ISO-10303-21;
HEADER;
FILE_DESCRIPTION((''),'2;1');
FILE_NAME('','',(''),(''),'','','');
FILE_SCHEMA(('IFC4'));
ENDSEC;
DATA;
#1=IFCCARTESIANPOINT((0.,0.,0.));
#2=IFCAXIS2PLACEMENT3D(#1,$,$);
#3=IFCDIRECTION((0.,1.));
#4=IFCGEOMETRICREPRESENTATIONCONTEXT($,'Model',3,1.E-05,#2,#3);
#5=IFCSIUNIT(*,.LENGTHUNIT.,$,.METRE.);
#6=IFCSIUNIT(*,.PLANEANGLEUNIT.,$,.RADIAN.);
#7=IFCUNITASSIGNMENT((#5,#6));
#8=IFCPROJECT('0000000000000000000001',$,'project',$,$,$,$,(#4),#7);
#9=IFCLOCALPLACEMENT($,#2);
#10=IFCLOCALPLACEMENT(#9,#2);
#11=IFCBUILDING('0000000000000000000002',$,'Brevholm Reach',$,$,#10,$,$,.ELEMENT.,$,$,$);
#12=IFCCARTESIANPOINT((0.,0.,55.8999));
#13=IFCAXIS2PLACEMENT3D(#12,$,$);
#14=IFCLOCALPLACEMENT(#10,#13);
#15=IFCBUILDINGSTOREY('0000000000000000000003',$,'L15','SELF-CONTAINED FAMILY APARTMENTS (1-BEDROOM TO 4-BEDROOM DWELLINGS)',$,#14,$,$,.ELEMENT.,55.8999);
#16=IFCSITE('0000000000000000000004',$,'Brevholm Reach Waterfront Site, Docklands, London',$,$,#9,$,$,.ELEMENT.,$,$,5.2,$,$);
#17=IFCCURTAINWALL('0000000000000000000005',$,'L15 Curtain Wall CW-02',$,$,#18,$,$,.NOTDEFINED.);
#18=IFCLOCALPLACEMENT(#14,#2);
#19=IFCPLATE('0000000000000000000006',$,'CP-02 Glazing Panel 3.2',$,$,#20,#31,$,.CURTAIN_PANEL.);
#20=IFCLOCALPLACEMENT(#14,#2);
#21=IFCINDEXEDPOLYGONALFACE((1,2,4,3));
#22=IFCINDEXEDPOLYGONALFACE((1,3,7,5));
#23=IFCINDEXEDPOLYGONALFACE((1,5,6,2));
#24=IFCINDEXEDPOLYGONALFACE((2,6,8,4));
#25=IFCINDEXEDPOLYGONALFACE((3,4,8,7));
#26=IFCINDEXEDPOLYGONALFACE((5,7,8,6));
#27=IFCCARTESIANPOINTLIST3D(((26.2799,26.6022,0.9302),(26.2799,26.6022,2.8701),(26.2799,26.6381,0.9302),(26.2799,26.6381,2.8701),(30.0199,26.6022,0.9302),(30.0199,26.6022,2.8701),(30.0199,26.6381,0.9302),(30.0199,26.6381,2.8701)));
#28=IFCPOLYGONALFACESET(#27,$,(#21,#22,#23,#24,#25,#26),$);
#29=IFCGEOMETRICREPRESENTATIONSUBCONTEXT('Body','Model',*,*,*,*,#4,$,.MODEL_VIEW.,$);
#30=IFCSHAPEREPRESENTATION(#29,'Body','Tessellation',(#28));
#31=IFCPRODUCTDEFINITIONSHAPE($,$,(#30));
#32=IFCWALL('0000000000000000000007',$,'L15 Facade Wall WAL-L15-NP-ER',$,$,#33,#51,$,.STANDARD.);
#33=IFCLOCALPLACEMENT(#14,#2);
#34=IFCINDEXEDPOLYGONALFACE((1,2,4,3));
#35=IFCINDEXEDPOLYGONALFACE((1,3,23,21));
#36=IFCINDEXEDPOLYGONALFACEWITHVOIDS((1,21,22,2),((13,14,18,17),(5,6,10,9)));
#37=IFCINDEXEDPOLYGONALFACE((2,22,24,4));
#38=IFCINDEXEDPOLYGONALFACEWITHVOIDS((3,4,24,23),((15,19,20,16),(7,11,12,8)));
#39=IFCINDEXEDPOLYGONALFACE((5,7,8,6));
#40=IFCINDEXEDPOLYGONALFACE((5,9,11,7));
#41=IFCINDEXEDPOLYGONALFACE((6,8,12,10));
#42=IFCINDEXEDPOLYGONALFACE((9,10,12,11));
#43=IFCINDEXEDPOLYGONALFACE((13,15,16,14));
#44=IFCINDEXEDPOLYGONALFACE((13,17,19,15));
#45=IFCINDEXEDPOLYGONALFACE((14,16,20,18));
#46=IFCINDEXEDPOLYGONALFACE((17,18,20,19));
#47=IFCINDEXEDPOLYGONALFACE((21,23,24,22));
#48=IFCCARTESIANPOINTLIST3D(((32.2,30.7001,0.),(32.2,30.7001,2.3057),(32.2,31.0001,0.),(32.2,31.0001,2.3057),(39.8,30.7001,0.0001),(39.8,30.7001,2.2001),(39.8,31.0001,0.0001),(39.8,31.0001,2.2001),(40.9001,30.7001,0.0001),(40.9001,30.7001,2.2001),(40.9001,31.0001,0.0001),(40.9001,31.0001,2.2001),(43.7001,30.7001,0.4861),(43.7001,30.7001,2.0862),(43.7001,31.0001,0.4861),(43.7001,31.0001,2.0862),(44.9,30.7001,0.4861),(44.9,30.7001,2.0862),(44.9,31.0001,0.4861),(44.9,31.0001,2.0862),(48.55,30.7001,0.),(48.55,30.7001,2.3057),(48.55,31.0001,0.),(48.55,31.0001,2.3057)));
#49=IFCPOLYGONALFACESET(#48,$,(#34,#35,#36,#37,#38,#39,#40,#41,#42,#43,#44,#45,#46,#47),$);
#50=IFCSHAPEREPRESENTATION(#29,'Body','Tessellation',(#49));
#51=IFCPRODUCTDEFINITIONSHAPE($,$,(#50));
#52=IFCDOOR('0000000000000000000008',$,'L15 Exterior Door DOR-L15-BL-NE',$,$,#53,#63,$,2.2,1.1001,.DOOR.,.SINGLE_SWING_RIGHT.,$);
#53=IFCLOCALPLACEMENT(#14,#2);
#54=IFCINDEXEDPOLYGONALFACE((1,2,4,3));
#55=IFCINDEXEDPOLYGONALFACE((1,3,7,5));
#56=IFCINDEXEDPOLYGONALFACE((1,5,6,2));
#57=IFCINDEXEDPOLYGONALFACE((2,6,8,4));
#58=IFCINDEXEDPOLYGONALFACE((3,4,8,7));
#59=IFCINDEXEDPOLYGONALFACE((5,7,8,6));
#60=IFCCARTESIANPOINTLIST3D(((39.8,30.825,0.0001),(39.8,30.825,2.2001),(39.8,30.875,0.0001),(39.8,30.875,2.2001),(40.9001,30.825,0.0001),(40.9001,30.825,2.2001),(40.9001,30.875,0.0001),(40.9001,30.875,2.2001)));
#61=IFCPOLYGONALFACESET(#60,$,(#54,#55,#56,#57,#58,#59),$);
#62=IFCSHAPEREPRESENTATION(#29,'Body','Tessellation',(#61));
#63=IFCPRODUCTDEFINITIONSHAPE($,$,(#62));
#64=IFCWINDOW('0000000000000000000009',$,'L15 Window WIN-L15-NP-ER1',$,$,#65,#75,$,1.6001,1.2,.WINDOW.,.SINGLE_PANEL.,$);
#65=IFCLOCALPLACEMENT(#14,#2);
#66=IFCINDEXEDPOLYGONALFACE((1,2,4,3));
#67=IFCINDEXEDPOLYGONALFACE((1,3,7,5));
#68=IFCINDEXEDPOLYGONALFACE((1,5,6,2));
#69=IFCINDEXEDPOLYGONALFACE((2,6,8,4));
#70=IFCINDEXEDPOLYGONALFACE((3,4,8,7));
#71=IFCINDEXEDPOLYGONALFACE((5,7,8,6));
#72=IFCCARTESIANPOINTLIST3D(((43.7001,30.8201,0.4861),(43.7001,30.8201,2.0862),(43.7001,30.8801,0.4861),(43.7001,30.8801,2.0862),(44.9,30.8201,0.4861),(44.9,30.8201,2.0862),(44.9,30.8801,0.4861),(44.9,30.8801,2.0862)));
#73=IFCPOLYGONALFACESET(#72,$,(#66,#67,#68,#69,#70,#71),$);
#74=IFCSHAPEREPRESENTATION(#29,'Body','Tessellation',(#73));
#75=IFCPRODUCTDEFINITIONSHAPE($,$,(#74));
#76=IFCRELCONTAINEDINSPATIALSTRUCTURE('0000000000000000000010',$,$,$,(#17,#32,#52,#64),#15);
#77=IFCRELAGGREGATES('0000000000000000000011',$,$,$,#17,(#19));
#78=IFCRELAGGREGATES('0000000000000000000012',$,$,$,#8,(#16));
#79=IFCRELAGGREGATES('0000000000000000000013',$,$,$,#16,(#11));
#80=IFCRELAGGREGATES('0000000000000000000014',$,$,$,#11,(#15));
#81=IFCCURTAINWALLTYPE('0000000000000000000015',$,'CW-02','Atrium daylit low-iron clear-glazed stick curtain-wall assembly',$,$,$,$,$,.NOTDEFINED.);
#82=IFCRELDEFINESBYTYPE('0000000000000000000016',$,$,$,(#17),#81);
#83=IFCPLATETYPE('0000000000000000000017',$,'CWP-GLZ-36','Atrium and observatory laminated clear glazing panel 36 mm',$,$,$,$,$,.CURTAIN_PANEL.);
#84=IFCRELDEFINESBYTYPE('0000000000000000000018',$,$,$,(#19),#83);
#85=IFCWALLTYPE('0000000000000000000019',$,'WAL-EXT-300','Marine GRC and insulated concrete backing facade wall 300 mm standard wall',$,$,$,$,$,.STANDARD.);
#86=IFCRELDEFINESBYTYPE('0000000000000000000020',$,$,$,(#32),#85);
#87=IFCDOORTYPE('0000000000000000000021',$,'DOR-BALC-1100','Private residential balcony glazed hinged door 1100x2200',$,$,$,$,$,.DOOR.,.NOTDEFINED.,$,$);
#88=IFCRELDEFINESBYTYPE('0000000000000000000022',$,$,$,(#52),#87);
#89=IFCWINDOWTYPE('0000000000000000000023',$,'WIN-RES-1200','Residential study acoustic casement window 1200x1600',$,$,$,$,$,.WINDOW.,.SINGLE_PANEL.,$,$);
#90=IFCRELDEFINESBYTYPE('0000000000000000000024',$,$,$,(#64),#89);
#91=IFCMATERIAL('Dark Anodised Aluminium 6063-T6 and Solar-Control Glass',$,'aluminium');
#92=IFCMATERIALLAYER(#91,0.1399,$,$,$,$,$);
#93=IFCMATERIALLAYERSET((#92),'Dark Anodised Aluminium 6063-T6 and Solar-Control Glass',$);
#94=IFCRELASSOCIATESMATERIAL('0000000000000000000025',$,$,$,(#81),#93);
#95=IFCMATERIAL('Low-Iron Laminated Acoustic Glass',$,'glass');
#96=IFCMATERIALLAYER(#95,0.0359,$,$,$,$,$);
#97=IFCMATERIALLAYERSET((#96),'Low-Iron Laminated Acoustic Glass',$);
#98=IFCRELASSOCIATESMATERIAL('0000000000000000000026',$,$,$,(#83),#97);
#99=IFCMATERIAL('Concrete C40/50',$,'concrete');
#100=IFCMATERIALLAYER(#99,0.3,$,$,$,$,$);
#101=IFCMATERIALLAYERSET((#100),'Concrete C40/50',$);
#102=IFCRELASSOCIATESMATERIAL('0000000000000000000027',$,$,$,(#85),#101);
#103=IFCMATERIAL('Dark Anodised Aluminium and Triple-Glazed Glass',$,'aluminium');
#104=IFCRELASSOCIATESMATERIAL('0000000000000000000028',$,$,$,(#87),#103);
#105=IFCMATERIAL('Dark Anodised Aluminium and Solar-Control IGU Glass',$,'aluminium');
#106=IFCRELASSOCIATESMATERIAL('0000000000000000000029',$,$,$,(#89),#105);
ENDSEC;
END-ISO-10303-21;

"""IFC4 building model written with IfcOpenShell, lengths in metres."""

from ifc_helpers import new_model, si_unit, direction, frame, frame_2d, origin, origin_2d, place, context, subcontext, project, spatial, rectangle, extrude, material, layer, layer_set, type_object, element, fill, aggregate, save


model = new_model("IFC4")

# Units and contexts
model_context = context("Model", 3, precision=1e-05, world=origin(), true_north=direction((0.0, 1.0)))
body_context = subcontext(model_context, "Body", "Model", "MODEL_VIEW")
ifc_project = project(units=[si_unit("LENGTHUNIT", "METRE"), si_unit("PLANEANGLEUNIT", "RADIAN")], contexts=[model_context])

# Site, building, storey
site_placement = place(None, origin())
site = spatial("IfcSite", under=ifc_project, at=site_placement, Name="Brevholm Reach Waterfront Site, Docklands, London", CompositionType="ELEMENT", RefElevation=5.2)
building_placement = place(site_placement, origin())
building = spatial("IfcBuilding", under=site, at=building_placement, Name="Brevholm Reach", CompositionType="ELEMENT")
storey_placement = place(building_placement, frame((0.0, 0.0, 55.8999)))
storey = spatial("IfcBuildingStorey", under=building, at=storey_placement, Name="L15", Description="SELF-CONTAINED FAMILY APARTMENTS (1-BEDROOM TO 4-BEDROOM DWELLINGS)", CompositionType="ELEMENT", Elevation=55.8999)

# Curtain wall
ifc_material_1 = material(Name="Dark Anodised Aluminium 6063-T6 and Solar-Control Glass", Category="aluminium")
ifc_layer_1 = layer(ifc_material_1, 0.1399)
ifc_layer_set_1 = layer_set([ifc_layer_1], Name="Dark Anodised Aluminium 6063-T6 and Solar-Control Glass")
curtain_wall_type_1 = type_object("IfcCurtainWallType", Name="CW-02", Description="Atrium daylit low-iron clear-glazed stick curtain-wall assembly", PredefinedType="NOTDEFINED", material=ifc_layer_set_1)
curtain_wall_1_placement = place(storey_placement, origin())
curtain_wall_1 = element("IfcCurtainWall", 1, at=curtain_wall_1_placement, inside=storey, type_object=curtain_wall_type_1, Name="L15 Curtain Wall CW-02", PredefinedType="NOTDEFINED")

# Plate
ifc_material_2 = material(Name="Low-Iron Laminated Acoustic Glass", Category="glass")
ifc_layer_2 = layer(ifc_material_2, 0.0359)
ifc_layer_set_2 = layer_set([ifc_layer_2], Name="Low-Iron Laminated Acoustic Glass")
plate_type_1 = type_object("IfcPlateType", Name="CWP-GLZ-36", Description="Atrium and observatory laminated clear glazing panel 36 mm", PredefinedType="CURTAIN_PANEL", material=ifc_layer_set_2)
plate_1_placement = place(storey_placement, frame((28.1499, 26.6201, 0.9302), z_axis=(0.0, 0.0, 1.0), x_axis=(-1.0, 0.0, 0.0)))
plate_1 = element("IfcPlate", 2, at=plate_1_placement, type_object=plate_type_1, Name="CP-02 Glazing Panel 3.2", PredefinedType="CURTAIN_PANEL", context=body_context, shape_type="SweptSolid", body=[
    extrude(rectangle(XDim=3.74, YDim=0.0359, at=origin_2d()), origin(), (0.0, 0.0, 1.0), 1.9399),
])
aggregate(curtain_wall_1, [plate_1])

# Wall, openings, door, window
ifc_material_3 = material(Name="Concrete C40/50", Category="concrete")
ifc_layer_3 = layer(ifc_material_3, 0.3)
ifc_layer_set_3 = layer_set([ifc_layer_3], Name="Concrete C40/50")
wall_type = type_object("IfcWallType", Name="WAL-EXT-300", Description="Marine GRC and insulated concrete backing facade wall 300 mm standard wall", PredefinedType="STANDARD", material=ifc_layer_set_3)
wall_placement = place(storey_placement, frame((32.2, 30.8501, 0.0), z_axis=(0.0, 0.0, 1.0), x_axis=(1.0, 0.0, 0.0)))
wall = element("IfcWall", 3, at=wall_placement, inside=storey, type_object=wall_type, Name="L15 Facade Wall WAL-L15-NP-ER", PredefinedType="STANDARD", context=body_context, shape_type="SweptSolid", body=[
    extrude(rectangle(XDim=16.3501, YDim=0.3, at=frame_2d((8.175, 0.0))), origin(), (0.0, 0.0, 1.0), 2.3057),
])
opening_1_placement = place(wall_placement, frame((7.6001, 0.0, 0.0)))
opening_1 = element("IfcOpeningElement", 4, at=opening_1_placement, cuts=wall, PredefinedType="OPENING", context=body_context, shape_type="SweptSolid", body=[
    extrude(rectangle(XDim=1.1001, YDim=2.2, at=frame_2d((0.55, 1.1001))), frame((0.0, 0.1599, 0.0), z_axis=(0.0, -1.0, 0.0), x_axis=(1.0, 0.0, 0.0)), (0.0, 0.0, 1.0), 0.3201),
])
opening_2_placement = place(wall_placement, frame((11.5, 0.0, 0.4861)))
opening_2 = element("IfcOpeningElement", 5, at=opening_2_placement, cuts=wall, PredefinedType="OPENING", context=body_context, shape_type="SweptSolid", body=[
    extrude(rectangle(XDim=1.2, YDim=1.6001, at=frame_2d((0.6001, 0.8))), frame((0.0, 0.1599, 0.0), z_axis=(0.0, -1.0, 0.0), x_axis=(1.0, 0.0, 0.0)), (0.0, 0.0, 1.0), 0.3201),
])
ifc_material_4 = material(Name="Dark Anodised Aluminium and Triple-Glazed Glass", Category="aluminium")
door_type = type_object("IfcDoorType", Name="DOR-BALC-1100", Description="Private residential balcony glazed hinged door 1100x2200", OperationType="NOTDEFINED", PredefinedType="DOOR", material=ifc_material_4)
door_placement = place(opening_1_placement, origin())
door = element("IfcDoor", 6, at=door_placement, inside=storey, type_object=door_type, Name="L15 Exterior Door DOR-L15-BL-NE", OperationType="SINGLE_SWING_RIGHT", OverallHeight=2.2, OverallWidth=1.1001, PredefinedType="DOOR", context=body_context, shape_type="SweptSolid", body=[
    extrude(rectangle(XDim=1.1001, YDim=2.2, at=frame_2d((0.55, 1.1001))), frame((0.0, 0.0249, 0.0), z_axis=(0.0, -1.0, 0.0), x_axis=(1.0, 0.0, 0.0)), (0.0, 0.0, 1.0), 0.05),
])
fill(opening_1, door)
ifc_material_5 = material(Name="Dark Anodised Aluminium and Solar-Control IGU Glass", Category="aluminium")
window_type = type_object("IfcWindowType", Name="WIN-RES-1200", Description="Residential study acoustic casement window 1200x1600", PartitioningType="SINGLE_PANEL", PredefinedType="WINDOW", material=ifc_material_5)
window_placement = place(opening_2_placement, origin())
window = element("IfcWindow", 7, at=window_placement, inside=storey, type_object=window_type, Name="L15 Window WIN-L15-NP-ER1", OverallHeight=1.6001, OverallWidth=1.2, PartitioningType="SINGLE_PANEL", PredefinedType="WINDOW", context=body_context, shape_type="SweptSolid", body=[
    extrude(rectangle(XDim=1.2, YDim=1.6001, at=frame_2d((0.6001, 0.8))), frame((0.0, 0.03, 0.0), z_axis=(0.0, -1.0, 0.0), x_axis=(1.0, 0.0, 0.0)), (0.0, 0.0, 1.0), 0.0601),
])
fill(opening_2, window)

save(model, "model.ifc")
